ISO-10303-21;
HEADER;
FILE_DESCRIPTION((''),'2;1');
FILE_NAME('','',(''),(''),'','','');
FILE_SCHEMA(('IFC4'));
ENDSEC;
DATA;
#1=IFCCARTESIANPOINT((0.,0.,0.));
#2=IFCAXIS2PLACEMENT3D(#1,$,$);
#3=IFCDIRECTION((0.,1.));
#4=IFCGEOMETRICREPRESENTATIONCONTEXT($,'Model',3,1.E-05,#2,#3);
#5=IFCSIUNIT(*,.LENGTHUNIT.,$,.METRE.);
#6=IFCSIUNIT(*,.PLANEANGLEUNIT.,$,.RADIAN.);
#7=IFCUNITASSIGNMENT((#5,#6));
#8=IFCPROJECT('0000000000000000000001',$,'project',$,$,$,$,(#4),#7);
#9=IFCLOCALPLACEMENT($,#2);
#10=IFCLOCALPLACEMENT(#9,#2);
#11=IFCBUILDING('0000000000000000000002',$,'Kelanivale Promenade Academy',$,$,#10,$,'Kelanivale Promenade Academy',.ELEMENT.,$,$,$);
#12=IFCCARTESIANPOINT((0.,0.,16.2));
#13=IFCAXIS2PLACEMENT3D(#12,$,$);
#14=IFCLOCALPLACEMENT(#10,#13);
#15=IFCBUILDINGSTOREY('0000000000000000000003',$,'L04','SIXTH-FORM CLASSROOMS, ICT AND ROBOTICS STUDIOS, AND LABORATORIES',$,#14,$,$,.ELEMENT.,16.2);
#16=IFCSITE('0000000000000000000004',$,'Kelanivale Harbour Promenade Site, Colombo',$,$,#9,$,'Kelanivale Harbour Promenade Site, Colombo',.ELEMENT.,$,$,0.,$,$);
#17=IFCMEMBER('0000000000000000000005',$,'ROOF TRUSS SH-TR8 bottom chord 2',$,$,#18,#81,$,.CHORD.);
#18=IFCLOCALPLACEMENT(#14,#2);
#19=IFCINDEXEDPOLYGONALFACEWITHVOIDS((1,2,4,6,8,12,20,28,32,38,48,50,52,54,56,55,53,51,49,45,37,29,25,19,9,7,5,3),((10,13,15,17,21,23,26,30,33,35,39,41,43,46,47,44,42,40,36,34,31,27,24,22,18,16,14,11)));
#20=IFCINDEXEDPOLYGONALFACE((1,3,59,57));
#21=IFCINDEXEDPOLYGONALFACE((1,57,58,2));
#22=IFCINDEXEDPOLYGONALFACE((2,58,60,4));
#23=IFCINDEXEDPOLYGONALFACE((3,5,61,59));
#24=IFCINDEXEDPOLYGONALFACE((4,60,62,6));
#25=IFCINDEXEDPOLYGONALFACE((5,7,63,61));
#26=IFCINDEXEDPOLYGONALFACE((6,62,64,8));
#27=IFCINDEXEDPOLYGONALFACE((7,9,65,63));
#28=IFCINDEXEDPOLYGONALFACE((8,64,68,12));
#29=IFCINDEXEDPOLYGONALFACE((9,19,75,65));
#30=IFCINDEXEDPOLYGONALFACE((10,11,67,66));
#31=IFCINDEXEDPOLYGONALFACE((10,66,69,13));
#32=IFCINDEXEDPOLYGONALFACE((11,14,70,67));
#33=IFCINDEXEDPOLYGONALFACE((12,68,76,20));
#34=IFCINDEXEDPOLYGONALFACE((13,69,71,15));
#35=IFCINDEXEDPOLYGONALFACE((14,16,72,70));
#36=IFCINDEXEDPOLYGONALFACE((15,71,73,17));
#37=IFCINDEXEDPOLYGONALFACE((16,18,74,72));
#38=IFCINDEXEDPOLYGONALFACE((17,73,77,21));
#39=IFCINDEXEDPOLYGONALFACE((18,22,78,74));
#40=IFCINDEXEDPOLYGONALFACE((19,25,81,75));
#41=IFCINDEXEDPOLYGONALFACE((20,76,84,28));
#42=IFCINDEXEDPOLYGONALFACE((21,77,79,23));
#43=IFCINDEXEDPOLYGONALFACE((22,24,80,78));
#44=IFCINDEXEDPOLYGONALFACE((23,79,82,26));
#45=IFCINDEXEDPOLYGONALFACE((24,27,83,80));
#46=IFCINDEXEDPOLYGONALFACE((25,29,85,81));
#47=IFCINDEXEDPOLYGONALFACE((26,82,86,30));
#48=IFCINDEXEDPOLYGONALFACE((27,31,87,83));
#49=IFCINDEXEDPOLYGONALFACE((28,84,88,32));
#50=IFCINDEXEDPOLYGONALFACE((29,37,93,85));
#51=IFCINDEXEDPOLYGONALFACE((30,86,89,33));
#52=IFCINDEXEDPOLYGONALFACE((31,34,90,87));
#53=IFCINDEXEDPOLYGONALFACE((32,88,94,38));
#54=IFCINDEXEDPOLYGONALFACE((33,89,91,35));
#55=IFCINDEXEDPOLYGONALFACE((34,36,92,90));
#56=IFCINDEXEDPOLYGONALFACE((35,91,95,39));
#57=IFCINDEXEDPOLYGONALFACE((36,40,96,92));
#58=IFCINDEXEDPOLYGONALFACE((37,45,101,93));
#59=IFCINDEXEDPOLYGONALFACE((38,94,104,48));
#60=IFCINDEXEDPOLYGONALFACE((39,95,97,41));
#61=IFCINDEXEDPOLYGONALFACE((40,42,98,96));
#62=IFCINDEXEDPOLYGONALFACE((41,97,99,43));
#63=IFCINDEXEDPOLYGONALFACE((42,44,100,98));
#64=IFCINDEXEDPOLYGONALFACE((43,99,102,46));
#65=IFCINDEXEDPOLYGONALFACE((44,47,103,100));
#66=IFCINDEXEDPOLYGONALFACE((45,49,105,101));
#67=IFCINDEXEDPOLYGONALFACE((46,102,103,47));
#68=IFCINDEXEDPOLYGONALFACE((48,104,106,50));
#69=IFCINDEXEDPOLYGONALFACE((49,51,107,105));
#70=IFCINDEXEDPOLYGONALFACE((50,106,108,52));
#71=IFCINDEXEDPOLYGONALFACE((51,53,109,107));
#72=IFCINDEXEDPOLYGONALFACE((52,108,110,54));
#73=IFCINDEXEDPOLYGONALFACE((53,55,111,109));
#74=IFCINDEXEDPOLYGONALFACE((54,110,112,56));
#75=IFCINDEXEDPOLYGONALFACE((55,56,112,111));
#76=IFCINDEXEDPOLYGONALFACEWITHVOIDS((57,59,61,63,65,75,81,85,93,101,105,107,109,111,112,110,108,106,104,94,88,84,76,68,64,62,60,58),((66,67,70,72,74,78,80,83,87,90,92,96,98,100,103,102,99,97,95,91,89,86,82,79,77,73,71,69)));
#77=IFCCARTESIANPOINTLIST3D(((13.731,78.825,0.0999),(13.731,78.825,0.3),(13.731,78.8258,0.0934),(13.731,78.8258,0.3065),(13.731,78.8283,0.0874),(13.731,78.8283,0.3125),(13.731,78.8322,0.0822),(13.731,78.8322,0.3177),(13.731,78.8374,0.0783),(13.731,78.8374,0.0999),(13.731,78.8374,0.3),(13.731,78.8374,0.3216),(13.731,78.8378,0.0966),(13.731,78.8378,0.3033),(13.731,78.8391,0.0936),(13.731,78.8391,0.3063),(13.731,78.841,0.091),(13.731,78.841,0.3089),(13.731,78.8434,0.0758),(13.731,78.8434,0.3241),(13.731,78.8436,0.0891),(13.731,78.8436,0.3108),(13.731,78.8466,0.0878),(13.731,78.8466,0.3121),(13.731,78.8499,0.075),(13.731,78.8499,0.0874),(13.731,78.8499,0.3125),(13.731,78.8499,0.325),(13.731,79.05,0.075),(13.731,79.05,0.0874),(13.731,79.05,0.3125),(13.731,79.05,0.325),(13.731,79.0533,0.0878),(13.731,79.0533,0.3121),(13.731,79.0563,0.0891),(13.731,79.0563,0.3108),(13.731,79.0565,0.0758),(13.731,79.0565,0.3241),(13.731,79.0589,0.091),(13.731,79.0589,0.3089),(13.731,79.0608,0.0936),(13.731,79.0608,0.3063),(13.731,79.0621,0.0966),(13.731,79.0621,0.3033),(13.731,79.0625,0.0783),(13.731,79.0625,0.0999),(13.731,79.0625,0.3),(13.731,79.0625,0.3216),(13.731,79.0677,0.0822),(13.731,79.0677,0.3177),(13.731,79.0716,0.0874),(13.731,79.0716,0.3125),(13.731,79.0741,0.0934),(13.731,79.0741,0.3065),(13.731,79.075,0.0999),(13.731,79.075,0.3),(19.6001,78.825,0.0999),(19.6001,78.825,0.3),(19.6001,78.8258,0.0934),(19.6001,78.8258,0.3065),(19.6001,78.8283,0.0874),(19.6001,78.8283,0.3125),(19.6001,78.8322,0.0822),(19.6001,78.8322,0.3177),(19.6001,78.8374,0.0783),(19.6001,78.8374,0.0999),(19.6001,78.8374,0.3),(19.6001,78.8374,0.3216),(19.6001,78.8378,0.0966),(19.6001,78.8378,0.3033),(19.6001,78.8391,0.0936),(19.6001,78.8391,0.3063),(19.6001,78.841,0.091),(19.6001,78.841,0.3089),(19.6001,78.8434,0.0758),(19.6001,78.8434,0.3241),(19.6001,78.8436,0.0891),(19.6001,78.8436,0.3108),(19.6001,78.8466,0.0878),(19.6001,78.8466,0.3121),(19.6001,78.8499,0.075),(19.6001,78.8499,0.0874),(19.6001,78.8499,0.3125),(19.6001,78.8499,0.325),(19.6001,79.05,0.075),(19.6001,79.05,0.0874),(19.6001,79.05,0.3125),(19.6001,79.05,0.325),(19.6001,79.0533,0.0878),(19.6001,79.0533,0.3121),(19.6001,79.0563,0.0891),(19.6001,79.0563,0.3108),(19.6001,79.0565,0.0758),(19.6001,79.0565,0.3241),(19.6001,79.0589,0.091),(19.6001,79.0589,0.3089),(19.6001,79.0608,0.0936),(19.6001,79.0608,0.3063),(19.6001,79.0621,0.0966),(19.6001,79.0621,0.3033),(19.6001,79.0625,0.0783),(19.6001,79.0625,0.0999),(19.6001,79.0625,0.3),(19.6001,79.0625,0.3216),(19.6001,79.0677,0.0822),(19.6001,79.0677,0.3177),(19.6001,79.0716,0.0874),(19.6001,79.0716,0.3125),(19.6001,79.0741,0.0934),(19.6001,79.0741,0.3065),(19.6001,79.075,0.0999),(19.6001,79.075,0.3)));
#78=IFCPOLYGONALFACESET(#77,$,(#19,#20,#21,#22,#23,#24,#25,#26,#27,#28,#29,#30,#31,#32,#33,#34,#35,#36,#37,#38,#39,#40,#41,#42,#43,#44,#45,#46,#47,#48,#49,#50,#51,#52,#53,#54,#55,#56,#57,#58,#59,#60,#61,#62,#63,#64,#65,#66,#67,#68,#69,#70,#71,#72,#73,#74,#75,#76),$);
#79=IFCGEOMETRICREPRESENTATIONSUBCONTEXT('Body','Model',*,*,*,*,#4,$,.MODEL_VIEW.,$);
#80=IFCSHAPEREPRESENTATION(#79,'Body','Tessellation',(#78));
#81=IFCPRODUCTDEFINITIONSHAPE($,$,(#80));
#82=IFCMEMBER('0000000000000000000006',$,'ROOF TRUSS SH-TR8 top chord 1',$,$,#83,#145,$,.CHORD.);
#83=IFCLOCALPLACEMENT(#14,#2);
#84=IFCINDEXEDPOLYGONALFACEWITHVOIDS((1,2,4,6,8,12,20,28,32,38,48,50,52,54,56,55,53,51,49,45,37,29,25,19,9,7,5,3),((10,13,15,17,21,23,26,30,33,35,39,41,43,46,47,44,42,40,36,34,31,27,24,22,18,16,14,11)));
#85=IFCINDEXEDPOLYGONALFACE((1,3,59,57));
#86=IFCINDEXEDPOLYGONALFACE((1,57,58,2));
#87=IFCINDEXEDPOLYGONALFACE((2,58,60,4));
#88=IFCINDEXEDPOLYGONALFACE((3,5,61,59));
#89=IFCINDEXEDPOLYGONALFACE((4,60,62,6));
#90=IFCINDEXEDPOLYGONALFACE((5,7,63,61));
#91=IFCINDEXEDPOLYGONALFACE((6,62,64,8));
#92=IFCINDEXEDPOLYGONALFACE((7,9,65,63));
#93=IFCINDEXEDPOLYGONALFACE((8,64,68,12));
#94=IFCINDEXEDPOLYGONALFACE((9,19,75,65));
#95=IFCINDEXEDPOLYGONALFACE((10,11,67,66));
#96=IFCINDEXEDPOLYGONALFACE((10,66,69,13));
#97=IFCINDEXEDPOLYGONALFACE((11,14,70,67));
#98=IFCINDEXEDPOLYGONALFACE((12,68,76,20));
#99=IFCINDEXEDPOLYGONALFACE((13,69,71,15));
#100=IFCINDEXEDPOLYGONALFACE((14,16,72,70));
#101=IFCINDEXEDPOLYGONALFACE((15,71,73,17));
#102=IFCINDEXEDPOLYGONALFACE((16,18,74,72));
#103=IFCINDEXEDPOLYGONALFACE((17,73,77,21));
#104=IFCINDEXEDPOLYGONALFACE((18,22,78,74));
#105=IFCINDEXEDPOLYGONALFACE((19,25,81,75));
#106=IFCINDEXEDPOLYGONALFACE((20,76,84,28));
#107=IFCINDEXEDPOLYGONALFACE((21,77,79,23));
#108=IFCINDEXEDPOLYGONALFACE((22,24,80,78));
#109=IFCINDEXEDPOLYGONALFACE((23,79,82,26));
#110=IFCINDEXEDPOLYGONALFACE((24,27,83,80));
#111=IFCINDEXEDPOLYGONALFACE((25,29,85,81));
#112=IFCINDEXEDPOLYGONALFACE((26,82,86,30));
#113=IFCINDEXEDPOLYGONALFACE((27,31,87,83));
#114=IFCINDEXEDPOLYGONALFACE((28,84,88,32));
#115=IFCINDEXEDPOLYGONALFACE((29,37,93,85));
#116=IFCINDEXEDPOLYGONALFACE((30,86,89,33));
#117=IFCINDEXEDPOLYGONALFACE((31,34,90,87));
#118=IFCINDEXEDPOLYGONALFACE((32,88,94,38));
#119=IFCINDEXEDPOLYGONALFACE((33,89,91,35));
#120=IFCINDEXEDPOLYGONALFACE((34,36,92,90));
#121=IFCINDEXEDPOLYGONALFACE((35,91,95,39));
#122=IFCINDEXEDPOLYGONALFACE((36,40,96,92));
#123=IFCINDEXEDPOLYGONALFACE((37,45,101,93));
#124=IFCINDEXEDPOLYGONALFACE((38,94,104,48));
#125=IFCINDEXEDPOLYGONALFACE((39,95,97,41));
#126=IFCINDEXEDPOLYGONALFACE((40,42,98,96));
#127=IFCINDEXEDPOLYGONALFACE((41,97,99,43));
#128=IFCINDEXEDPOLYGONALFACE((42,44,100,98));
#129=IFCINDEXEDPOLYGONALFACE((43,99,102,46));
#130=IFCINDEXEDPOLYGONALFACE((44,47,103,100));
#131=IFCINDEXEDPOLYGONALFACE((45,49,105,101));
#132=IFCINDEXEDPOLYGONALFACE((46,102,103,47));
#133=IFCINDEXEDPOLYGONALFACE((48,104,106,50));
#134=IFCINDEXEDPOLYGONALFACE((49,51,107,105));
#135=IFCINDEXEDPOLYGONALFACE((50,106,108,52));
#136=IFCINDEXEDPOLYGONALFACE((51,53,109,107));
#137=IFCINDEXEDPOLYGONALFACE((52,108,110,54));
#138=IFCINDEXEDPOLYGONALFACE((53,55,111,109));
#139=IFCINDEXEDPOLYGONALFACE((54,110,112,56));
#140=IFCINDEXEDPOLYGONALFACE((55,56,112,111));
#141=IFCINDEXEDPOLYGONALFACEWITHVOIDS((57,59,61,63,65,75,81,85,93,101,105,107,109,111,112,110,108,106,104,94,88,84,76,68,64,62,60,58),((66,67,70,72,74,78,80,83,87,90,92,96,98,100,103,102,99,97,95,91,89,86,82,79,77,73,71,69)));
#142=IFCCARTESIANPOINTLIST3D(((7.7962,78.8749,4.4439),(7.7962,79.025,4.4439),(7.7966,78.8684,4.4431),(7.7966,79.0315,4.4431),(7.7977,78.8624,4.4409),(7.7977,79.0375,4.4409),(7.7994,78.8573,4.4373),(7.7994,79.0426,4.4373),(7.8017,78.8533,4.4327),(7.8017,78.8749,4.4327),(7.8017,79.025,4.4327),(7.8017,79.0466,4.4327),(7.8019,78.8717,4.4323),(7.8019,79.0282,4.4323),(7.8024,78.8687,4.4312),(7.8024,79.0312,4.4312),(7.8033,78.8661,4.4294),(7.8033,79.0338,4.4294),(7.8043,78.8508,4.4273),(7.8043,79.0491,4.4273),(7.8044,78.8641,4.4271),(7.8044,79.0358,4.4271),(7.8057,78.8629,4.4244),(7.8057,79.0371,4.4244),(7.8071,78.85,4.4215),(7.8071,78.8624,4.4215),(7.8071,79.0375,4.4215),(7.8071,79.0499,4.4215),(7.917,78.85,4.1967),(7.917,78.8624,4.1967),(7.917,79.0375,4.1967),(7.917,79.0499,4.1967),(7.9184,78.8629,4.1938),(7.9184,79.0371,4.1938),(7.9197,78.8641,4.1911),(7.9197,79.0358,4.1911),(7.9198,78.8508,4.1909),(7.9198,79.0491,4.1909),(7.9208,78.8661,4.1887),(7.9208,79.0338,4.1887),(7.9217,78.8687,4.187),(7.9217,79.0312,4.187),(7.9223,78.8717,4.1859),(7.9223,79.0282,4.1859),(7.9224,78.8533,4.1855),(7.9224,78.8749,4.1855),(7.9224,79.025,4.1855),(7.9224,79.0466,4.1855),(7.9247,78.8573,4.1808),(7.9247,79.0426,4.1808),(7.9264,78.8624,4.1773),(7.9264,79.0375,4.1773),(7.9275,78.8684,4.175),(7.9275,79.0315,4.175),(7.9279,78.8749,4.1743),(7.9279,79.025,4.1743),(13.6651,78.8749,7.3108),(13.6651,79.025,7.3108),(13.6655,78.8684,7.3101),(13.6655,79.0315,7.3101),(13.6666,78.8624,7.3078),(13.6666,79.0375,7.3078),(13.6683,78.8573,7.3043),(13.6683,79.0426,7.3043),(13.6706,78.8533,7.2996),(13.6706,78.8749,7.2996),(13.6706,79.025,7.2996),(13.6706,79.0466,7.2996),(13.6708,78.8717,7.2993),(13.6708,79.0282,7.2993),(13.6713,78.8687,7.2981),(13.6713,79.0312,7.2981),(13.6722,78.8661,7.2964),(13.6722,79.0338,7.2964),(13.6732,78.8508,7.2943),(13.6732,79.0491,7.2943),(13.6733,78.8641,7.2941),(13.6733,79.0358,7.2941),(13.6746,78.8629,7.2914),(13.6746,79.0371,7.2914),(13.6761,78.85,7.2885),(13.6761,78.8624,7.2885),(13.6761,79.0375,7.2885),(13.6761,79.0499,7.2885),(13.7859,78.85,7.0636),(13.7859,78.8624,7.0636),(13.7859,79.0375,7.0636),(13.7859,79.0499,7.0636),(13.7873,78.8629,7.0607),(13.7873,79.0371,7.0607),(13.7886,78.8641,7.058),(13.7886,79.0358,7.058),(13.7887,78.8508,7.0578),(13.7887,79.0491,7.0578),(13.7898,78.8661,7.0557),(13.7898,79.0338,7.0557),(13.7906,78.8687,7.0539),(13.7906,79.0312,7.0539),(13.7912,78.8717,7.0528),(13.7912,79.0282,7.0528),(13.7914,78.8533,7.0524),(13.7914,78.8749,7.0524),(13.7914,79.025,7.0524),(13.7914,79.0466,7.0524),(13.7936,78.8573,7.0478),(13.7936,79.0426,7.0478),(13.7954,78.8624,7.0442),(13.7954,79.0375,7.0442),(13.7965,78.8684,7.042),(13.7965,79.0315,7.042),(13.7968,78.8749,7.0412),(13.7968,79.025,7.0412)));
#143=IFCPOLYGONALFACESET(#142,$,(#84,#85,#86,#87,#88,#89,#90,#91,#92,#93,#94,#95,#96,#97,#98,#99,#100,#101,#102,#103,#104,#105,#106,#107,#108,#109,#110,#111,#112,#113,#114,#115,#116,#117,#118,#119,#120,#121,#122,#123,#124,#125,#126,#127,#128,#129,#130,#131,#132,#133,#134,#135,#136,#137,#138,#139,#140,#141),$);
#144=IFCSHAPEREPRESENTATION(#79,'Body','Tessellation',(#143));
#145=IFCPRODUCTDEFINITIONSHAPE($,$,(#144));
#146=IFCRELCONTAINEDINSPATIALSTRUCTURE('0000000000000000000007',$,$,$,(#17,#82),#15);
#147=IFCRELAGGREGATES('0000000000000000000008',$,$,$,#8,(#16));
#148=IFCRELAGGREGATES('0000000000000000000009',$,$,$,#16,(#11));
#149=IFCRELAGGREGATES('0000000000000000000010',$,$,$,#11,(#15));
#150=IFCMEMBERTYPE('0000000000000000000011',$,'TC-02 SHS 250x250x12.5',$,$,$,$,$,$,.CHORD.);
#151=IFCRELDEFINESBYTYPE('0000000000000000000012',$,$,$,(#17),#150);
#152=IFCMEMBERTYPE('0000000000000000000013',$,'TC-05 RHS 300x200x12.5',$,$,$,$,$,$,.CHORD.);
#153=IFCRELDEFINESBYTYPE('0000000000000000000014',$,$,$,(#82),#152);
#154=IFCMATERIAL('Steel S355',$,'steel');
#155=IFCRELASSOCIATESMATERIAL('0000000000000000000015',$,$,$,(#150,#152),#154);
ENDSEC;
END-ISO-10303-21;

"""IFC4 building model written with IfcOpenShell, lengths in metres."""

from ifc_helpers import new_model, si_unit, direction, frame, origin, origin_2d, place, context, subcontext, project, spatial, hollow_rectangle, extrude, material, material_profile, profile_set, type_object, element, save


model = new_model("IFC4")

# Units and contexts
model_context = context("Model", 3, precision=1e-05, world=origin(), true_north=direction((0.0, 1.0)))
body_context = subcontext(model_context, "Body", "Model", "MODEL_VIEW")
ifc_project = project(units=[si_unit("LENGTHUNIT", "METRE"), si_unit("PLANEANGLEUNIT", "RADIAN")], contexts=[model_context])

# Site, building, storey
site_placement = place(None, origin())
site = spatial("IfcSite", under=ifc_project, at=site_placement, Name="Kelanivale Harbour Promenade Site, Colombo", LongName="Kelanivale Harbour Promenade Site, Colombo", CompositionType="ELEMENT", RefElevation=0.0)
building_placement = place(site_placement, origin())
building = spatial("IfcBuilding", under=site, at=building_placement, Name="Kelanivale Promenade Academy", LongName="Kelanivale Promenade Academy", CompositionType="ELEMENT")
storey_placement = place(building_placement, frame((0.0, 0.0, 16.2)))
storey = spatial("IfcBuildingStorey", under=building, at=storey_placement, Name="L04", Description="SIXTH-FORM CLASSROOMS, ICT AND ROBOTICS STUDIOS, AND LABORATORIES", CompositionType="ELEMENT", Elevation=16.2)

# Shared definitions
ifc_material_1 = material(Name="Steel S355", Category="steel")

# Members
ifc_material_profile_1 = material_profile(ifc_material_1, hollow_rectangle(XDim=0.25, YDim=0.25, WallThickness=0.0125, InnerFilletRadius=0.0125, OuterFilletRadius=0.0249, at=origin_2d()), Name="SHS 250x250x12.5")
ifc_profile_set_1 = profile_set([ifc_material_profile_1], Name="Steel S355")
member_type_1 = type_object("IfcMemberType", Name="TC-02 SHS 250x250x12.5", PredefinedType="CHORD", material=ifc_profile_set_1)
member_1_placement = place(storey_placement, frame((13.731, 78.95, 0.2), z_axis=(1.0, 0.0, 0.0), x_axis=(0.0, 1.0, 0.0)))
element("IfcMember", 1, at=member_1_placement, inside=storey, type_object=member_type_1, Name="ROOF TRUSS SH-TR8 bottom chord 2", PredefinedType="CHORD", context=body_context, shape_type="SweptSolid", body=[
    extrude(hollow_rectangle(XDim=0.25, YDim=0.25, WallThickness=0.0125, InnerFilletRadius=0.0125, OuterFilletRadius=0.0249, at=origin_2d()), origin(), (0.0, 0.0, 1.0), 5.8691),
])
ifc_material_profile_2 = material_profile(ifc_material_1, hollow_rectangle(XDim=0.2, YDim=0.3, WallThickness=0.0125, InnerFilletRadius=0.0125, OuterFilletRadius=0.0249, at=origin_2d()), Name="RHS 300x200x12.5")
ifc_profile_set_2 = profile_set([ifc_material_profile_2], Name="Steel S355")
member_type_2 = type_object("IfcMemberType", Name="TC-05 RHS 300x200x12.5", PredefinedType="CHORD", material=ifc_profile_set_2)
member_2_placement = place(storey_placement, frame((7.8621, 78.95, 4.3091), z_axis=(0.898523, 0.0, 0.438927), x_axis=(0.0, 1.0, 0.0)))
element("IfcMember", 2, at=member_2_placement, inside=storey, type_object=member_type_2, Name="ROOF TRUSS SH-TR8 top chord 1", PredefinedType="CHORD", context=body_context, shape_type="SweptSolid", body=[
    extrude(hollow_rectangle(XDim=0.2, YDim=0.3, WallThickness=0.0125, InnerFilletRadius=0.0125, OuterFilletRadius=0.0249, at=origin_2d()), origin(), (0.0, 0.0, 1.0), 6.5317),
])

save(model, "model.ifc")
